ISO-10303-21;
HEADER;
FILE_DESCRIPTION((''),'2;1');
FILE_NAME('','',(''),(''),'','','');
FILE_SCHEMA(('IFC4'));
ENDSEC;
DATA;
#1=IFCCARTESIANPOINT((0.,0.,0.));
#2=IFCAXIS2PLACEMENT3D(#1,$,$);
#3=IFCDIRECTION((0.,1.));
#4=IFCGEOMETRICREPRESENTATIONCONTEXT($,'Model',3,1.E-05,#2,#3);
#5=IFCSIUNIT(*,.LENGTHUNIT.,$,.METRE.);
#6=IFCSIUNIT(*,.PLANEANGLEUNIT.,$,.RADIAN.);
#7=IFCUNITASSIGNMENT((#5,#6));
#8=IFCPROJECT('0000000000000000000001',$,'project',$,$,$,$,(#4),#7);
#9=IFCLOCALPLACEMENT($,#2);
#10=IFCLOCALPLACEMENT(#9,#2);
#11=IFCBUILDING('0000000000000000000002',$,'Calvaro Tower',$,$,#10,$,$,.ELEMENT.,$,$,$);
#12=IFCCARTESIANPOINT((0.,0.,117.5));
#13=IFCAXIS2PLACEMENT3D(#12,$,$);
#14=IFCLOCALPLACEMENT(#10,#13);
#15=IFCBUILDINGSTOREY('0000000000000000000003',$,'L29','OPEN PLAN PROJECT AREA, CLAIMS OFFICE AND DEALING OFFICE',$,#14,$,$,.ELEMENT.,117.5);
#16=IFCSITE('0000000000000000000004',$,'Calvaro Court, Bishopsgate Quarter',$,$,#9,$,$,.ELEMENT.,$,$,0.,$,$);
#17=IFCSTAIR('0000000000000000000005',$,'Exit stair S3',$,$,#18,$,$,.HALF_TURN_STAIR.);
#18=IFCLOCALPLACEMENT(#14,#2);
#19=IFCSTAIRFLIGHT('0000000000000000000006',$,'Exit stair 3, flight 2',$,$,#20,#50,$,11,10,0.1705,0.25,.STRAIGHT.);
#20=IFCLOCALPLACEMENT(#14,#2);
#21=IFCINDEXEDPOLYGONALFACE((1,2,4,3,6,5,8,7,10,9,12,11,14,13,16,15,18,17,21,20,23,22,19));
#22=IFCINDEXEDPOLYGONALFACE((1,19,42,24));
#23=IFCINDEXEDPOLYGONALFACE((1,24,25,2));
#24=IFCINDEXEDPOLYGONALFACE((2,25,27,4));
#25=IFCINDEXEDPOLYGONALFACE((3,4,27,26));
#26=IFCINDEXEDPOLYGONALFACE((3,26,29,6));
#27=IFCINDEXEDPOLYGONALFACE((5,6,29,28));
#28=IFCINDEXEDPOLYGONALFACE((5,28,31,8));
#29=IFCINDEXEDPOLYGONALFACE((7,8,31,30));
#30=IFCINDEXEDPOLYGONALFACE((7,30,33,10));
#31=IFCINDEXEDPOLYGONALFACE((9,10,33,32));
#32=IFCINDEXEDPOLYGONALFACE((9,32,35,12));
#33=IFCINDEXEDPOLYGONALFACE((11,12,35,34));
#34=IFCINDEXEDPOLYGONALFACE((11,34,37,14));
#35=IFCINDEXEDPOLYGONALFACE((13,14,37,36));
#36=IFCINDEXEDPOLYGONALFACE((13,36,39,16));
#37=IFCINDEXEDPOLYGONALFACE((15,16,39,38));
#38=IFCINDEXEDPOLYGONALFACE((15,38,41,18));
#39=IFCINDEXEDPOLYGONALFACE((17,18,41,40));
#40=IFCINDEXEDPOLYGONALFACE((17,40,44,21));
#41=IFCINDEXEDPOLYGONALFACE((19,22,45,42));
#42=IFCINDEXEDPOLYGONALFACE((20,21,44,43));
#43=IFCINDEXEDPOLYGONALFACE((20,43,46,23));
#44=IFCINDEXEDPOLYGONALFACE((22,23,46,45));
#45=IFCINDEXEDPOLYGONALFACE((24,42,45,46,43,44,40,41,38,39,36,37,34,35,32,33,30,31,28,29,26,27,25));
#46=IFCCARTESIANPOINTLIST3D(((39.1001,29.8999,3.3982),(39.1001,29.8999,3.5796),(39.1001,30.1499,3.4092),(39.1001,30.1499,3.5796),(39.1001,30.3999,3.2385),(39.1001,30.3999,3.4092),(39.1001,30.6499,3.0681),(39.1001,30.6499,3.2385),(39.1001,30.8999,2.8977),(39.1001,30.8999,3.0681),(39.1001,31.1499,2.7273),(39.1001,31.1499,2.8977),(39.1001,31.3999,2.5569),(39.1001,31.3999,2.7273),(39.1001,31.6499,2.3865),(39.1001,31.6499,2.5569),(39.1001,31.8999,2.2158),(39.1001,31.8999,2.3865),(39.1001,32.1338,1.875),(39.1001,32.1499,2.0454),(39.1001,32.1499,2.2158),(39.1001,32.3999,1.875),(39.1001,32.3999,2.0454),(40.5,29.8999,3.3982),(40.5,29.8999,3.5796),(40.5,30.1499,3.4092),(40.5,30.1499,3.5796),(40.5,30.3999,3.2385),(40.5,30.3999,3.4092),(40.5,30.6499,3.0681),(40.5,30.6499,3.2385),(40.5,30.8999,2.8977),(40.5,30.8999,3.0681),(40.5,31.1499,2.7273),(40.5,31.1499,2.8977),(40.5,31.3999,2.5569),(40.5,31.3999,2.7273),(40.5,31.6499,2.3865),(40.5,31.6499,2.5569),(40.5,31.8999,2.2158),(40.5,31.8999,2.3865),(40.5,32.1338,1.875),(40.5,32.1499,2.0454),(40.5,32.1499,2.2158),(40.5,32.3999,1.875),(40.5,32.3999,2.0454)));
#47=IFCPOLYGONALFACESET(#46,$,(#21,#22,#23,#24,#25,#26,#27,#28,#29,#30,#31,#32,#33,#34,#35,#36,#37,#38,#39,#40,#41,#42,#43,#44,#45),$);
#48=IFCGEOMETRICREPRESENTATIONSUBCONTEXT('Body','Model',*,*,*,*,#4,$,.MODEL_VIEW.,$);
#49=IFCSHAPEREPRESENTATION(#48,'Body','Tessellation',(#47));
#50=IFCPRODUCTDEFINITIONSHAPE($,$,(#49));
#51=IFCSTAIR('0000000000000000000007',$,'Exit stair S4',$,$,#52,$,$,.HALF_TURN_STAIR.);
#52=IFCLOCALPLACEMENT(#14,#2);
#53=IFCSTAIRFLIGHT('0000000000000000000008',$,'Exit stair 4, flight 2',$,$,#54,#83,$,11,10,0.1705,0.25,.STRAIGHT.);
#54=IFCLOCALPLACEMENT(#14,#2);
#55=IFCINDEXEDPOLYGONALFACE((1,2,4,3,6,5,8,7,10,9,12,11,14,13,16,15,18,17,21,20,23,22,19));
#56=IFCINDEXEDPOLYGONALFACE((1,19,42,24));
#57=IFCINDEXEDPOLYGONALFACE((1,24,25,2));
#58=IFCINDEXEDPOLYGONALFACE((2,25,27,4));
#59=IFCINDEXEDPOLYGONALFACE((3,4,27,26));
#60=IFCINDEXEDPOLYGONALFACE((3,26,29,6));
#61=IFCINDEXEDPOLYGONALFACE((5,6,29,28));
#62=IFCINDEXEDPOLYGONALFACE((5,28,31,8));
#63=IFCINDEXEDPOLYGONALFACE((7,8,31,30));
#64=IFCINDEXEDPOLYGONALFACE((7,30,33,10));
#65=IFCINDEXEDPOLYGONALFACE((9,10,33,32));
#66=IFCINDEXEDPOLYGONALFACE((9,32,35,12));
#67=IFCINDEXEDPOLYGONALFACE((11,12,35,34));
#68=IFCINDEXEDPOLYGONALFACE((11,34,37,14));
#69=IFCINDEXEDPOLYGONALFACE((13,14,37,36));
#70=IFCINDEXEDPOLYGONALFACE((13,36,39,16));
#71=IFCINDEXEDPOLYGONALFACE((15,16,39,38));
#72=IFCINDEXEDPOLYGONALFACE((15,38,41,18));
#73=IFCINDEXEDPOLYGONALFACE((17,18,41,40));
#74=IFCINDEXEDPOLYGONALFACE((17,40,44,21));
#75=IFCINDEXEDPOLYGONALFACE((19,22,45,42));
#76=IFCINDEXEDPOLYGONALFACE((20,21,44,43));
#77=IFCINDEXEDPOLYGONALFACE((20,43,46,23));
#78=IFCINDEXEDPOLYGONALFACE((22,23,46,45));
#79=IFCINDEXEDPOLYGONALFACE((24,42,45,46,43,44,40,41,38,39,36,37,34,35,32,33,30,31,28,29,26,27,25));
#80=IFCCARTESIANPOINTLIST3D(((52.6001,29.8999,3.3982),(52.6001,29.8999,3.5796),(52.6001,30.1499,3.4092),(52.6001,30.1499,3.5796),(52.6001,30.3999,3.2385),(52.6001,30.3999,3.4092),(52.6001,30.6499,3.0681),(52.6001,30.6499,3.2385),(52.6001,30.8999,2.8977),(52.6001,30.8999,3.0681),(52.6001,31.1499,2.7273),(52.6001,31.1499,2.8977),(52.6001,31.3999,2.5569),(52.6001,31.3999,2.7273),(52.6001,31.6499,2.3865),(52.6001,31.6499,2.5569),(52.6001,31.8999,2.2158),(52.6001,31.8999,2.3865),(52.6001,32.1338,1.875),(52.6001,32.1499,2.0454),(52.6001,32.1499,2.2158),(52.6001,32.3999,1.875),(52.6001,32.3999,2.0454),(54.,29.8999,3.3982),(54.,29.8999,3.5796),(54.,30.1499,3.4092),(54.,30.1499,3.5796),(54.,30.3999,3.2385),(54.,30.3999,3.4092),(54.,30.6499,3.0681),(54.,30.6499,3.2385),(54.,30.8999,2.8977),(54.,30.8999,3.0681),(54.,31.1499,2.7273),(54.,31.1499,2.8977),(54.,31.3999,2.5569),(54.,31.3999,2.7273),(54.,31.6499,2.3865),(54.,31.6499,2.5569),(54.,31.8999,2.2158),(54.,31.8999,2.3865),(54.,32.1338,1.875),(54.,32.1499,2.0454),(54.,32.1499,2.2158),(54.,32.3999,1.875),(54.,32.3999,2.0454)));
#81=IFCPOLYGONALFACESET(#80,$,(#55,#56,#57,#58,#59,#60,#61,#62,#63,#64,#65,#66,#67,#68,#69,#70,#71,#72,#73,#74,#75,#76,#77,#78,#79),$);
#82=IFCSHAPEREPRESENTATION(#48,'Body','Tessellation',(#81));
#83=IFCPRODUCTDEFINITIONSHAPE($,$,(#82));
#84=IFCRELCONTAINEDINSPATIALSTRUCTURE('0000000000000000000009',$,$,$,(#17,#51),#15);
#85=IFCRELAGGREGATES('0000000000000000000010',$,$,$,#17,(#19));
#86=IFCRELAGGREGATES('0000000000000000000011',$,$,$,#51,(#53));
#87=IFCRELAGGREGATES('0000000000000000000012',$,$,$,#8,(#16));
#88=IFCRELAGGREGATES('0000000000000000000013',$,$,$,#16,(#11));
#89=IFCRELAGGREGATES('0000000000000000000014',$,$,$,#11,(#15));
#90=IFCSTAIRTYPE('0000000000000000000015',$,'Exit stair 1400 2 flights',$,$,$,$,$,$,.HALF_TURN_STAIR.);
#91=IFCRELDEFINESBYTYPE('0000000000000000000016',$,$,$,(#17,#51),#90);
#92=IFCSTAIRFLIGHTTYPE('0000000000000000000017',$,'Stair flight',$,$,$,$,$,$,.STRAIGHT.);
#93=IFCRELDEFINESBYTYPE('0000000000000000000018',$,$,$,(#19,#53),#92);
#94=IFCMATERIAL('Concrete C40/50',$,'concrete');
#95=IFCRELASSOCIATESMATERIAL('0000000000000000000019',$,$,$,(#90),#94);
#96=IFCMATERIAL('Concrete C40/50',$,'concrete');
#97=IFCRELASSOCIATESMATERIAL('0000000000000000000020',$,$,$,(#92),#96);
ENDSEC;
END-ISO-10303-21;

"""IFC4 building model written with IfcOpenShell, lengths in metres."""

from ifc_helpers import new_model, si_unit, direction, frame, origin, place, context, subcontext, project, spatial, polyline, outline, extrude, material, type_object, element, aggregate, save


model = new_model("IFC4")

# Units and contexts
model_context = context("Model", 3, precision=1e-05, world=origin(), true_north=direction((0.0, 1.0)))
body_context = subcontext(model_context, "Body", "Model", "MODEL_VIEW")
ifc_project = project(units=[si_unit("LENGTHUNIT", "METRE"), si_unit("PLANEANGLEUNIT", "RADIAN")], contexts=[model_context])

# Site, building, storey
site_placement = place(None, origin())
site = spatial("IfcSite", under=ifc_project, at=site_placement, Name="Calvaro Court, Bishopsgate Quarter", CompositionType="ELEMENT", RefElevation=0.0)
building_placement = place(site_placement, origin())
building = spatial("IfcBuilding", under=site, at=building_placement, Name="Calvaro Tower", CompositionType="ELEMENT")
storey_placement = place(building_placement, frame((0.0, 0.0, 117.5)))
storey = spatial("IfcBuildingStorey", under=building, at=storey_placement, Name="L29", Description="OPEN PLAN PROJECT AREA, CLAIMS OFFICE AND DEALING OFFICE", CompositionType="ELEMENT", Elevation=117.5)

# Stairs, stair flights
ifc_material_1 = material(Name="Concrete C40/50", Category="concrete")
stair_type = type_object("IfcStairType", Name="Exit stair 1400 2 flights", PredefinedType="HALF_TURN_STAIR", material=ifc_material_1)
stair_1_placement = place(storey_placement, origin())
stair_1 = element("IfcStair", 1, at=stair_1_placement, inside=storey, type_object=stair_type, Name="Exit stair S3", PredefinedType="HALF_TURN_STAIR")
ifc_material_2 = material(Name="Concrete C40/50", Category="concrete")
stair_flight_type = type_object("IfcStairFlightType", Name="Stair flight", PredefinedType="STRAIGHT", material=ifc_material_2)
stair_flight_1_placement = place(storey_placement, frame((39.8, 32.3999, 1.875), z_axis=(0.0, 0.0, 1.0), x_axis=(0.0, -1.0, 0.0)))
stair_flight_1 = element("IfcStairFlight", 2, at=stair_flight_1_placement, type_object=stair_flight_type, Name="Exit stair 3, flight 2", NumberOfRisers=11, NumberOfTreads=10, PredefinedType="STRAIGHT", RiserHeight=0.1705, TreadLength=0.25, context=body_context, shape_type="SweptSolid", body=[
    extrude(outline(polyline([(0.0, 0.0), (0.0, 0.1704), (0.25, 0.1704), (0.25, 0.3408), (0.5, 0.3408), (0.5, 0.5115), (0.75, 0.5115), (0.75, 0.6819), (1.0, 0.6819), (1.0, 0.8523), (1.25, 0.8523), (1.25, 1.0227), (1.5, 1.0227), (1.5, 1.1931), (1.75, 1.1931), (1.75, 1.3635), (2.0, 1.3635), (2.0, 1.5342), (2.25, 1.5342), (2.25, 1.7046), (2.5, 1.7046), (2.5, 1.875), (2.5, 1.5232), (0.2661, 0.0), (0.0, 0.0)])), frame((0.0, 0.7, 0.0), z_axis=(0.0, -1.0, 0.0), x_axis=(1.0, 0.0, 0.0)), (0.0, 0.0, 1.0), 1.3999),
])
stair_2_placement = place(storey_placement, origin())
stair_2 = element("IfcStair", 3, at=stair_2_placement, inside=storey, type_object=stair_type, Name="Exit stair S4", PredefinedType="HALF_TURN_STAIR")
stair_flight_2_placement = place(storey_placement, frame((53.3, 32.3999, 1.875), z_axis=(0.0, 0.0, 1.0), x_axis=(0.0, -1.0, 0.0)))
stair_flight_2 = element("IfcStairFlight", 4, at=stair_flight_2_placement, type_object=stair_flight_type, Name="Exit stair 4, flight 2", NumberOfRisers=11, NumberOfTreads=10, PredefinedType="STRAIGHT", RiserHeight=0.1705, TreadLength=0.25, context=body_context, shape_type="SweptSolid", body=[
    extrude(outline(polyline([(0.0, 0.0), (0.0, 0.1704), (0.25, 0.1704), (0.25, 0.3408), (0.5, 0.3408), (0.5, 0.5115), (0.75, 0.5115), (0.75, 0.6819), (1.0, 0.6819), (1.0, 0.8523), (1.25, 0.8523), (1.25, 1.0227), (1.5, 1.0227), (1.5, 1.1931), (1.75, 1.1931), (1.75, 1.3635), (2.0, 1.3635), (2.0, 1.5342), (2.25, 1.5342), (2.25, 1.7046), (2.5, 1.7046), (2.5, 1.875), (2.5, 1.5232), (0.2661, 0.0), (0.0, 0.0)])), frame((0.0, 0.7, 0.0), z_axis=(0.0, -1.0, 0.0), x_axis=(1.0, 0.0, 0.0)), (0.0, 0.0, 1.0), 1.3999),
])

aggregate(stair_1, [stair_flight_1])
aggregate(stair_2, [stair_flight_2])

save(model, "model.ifc")
